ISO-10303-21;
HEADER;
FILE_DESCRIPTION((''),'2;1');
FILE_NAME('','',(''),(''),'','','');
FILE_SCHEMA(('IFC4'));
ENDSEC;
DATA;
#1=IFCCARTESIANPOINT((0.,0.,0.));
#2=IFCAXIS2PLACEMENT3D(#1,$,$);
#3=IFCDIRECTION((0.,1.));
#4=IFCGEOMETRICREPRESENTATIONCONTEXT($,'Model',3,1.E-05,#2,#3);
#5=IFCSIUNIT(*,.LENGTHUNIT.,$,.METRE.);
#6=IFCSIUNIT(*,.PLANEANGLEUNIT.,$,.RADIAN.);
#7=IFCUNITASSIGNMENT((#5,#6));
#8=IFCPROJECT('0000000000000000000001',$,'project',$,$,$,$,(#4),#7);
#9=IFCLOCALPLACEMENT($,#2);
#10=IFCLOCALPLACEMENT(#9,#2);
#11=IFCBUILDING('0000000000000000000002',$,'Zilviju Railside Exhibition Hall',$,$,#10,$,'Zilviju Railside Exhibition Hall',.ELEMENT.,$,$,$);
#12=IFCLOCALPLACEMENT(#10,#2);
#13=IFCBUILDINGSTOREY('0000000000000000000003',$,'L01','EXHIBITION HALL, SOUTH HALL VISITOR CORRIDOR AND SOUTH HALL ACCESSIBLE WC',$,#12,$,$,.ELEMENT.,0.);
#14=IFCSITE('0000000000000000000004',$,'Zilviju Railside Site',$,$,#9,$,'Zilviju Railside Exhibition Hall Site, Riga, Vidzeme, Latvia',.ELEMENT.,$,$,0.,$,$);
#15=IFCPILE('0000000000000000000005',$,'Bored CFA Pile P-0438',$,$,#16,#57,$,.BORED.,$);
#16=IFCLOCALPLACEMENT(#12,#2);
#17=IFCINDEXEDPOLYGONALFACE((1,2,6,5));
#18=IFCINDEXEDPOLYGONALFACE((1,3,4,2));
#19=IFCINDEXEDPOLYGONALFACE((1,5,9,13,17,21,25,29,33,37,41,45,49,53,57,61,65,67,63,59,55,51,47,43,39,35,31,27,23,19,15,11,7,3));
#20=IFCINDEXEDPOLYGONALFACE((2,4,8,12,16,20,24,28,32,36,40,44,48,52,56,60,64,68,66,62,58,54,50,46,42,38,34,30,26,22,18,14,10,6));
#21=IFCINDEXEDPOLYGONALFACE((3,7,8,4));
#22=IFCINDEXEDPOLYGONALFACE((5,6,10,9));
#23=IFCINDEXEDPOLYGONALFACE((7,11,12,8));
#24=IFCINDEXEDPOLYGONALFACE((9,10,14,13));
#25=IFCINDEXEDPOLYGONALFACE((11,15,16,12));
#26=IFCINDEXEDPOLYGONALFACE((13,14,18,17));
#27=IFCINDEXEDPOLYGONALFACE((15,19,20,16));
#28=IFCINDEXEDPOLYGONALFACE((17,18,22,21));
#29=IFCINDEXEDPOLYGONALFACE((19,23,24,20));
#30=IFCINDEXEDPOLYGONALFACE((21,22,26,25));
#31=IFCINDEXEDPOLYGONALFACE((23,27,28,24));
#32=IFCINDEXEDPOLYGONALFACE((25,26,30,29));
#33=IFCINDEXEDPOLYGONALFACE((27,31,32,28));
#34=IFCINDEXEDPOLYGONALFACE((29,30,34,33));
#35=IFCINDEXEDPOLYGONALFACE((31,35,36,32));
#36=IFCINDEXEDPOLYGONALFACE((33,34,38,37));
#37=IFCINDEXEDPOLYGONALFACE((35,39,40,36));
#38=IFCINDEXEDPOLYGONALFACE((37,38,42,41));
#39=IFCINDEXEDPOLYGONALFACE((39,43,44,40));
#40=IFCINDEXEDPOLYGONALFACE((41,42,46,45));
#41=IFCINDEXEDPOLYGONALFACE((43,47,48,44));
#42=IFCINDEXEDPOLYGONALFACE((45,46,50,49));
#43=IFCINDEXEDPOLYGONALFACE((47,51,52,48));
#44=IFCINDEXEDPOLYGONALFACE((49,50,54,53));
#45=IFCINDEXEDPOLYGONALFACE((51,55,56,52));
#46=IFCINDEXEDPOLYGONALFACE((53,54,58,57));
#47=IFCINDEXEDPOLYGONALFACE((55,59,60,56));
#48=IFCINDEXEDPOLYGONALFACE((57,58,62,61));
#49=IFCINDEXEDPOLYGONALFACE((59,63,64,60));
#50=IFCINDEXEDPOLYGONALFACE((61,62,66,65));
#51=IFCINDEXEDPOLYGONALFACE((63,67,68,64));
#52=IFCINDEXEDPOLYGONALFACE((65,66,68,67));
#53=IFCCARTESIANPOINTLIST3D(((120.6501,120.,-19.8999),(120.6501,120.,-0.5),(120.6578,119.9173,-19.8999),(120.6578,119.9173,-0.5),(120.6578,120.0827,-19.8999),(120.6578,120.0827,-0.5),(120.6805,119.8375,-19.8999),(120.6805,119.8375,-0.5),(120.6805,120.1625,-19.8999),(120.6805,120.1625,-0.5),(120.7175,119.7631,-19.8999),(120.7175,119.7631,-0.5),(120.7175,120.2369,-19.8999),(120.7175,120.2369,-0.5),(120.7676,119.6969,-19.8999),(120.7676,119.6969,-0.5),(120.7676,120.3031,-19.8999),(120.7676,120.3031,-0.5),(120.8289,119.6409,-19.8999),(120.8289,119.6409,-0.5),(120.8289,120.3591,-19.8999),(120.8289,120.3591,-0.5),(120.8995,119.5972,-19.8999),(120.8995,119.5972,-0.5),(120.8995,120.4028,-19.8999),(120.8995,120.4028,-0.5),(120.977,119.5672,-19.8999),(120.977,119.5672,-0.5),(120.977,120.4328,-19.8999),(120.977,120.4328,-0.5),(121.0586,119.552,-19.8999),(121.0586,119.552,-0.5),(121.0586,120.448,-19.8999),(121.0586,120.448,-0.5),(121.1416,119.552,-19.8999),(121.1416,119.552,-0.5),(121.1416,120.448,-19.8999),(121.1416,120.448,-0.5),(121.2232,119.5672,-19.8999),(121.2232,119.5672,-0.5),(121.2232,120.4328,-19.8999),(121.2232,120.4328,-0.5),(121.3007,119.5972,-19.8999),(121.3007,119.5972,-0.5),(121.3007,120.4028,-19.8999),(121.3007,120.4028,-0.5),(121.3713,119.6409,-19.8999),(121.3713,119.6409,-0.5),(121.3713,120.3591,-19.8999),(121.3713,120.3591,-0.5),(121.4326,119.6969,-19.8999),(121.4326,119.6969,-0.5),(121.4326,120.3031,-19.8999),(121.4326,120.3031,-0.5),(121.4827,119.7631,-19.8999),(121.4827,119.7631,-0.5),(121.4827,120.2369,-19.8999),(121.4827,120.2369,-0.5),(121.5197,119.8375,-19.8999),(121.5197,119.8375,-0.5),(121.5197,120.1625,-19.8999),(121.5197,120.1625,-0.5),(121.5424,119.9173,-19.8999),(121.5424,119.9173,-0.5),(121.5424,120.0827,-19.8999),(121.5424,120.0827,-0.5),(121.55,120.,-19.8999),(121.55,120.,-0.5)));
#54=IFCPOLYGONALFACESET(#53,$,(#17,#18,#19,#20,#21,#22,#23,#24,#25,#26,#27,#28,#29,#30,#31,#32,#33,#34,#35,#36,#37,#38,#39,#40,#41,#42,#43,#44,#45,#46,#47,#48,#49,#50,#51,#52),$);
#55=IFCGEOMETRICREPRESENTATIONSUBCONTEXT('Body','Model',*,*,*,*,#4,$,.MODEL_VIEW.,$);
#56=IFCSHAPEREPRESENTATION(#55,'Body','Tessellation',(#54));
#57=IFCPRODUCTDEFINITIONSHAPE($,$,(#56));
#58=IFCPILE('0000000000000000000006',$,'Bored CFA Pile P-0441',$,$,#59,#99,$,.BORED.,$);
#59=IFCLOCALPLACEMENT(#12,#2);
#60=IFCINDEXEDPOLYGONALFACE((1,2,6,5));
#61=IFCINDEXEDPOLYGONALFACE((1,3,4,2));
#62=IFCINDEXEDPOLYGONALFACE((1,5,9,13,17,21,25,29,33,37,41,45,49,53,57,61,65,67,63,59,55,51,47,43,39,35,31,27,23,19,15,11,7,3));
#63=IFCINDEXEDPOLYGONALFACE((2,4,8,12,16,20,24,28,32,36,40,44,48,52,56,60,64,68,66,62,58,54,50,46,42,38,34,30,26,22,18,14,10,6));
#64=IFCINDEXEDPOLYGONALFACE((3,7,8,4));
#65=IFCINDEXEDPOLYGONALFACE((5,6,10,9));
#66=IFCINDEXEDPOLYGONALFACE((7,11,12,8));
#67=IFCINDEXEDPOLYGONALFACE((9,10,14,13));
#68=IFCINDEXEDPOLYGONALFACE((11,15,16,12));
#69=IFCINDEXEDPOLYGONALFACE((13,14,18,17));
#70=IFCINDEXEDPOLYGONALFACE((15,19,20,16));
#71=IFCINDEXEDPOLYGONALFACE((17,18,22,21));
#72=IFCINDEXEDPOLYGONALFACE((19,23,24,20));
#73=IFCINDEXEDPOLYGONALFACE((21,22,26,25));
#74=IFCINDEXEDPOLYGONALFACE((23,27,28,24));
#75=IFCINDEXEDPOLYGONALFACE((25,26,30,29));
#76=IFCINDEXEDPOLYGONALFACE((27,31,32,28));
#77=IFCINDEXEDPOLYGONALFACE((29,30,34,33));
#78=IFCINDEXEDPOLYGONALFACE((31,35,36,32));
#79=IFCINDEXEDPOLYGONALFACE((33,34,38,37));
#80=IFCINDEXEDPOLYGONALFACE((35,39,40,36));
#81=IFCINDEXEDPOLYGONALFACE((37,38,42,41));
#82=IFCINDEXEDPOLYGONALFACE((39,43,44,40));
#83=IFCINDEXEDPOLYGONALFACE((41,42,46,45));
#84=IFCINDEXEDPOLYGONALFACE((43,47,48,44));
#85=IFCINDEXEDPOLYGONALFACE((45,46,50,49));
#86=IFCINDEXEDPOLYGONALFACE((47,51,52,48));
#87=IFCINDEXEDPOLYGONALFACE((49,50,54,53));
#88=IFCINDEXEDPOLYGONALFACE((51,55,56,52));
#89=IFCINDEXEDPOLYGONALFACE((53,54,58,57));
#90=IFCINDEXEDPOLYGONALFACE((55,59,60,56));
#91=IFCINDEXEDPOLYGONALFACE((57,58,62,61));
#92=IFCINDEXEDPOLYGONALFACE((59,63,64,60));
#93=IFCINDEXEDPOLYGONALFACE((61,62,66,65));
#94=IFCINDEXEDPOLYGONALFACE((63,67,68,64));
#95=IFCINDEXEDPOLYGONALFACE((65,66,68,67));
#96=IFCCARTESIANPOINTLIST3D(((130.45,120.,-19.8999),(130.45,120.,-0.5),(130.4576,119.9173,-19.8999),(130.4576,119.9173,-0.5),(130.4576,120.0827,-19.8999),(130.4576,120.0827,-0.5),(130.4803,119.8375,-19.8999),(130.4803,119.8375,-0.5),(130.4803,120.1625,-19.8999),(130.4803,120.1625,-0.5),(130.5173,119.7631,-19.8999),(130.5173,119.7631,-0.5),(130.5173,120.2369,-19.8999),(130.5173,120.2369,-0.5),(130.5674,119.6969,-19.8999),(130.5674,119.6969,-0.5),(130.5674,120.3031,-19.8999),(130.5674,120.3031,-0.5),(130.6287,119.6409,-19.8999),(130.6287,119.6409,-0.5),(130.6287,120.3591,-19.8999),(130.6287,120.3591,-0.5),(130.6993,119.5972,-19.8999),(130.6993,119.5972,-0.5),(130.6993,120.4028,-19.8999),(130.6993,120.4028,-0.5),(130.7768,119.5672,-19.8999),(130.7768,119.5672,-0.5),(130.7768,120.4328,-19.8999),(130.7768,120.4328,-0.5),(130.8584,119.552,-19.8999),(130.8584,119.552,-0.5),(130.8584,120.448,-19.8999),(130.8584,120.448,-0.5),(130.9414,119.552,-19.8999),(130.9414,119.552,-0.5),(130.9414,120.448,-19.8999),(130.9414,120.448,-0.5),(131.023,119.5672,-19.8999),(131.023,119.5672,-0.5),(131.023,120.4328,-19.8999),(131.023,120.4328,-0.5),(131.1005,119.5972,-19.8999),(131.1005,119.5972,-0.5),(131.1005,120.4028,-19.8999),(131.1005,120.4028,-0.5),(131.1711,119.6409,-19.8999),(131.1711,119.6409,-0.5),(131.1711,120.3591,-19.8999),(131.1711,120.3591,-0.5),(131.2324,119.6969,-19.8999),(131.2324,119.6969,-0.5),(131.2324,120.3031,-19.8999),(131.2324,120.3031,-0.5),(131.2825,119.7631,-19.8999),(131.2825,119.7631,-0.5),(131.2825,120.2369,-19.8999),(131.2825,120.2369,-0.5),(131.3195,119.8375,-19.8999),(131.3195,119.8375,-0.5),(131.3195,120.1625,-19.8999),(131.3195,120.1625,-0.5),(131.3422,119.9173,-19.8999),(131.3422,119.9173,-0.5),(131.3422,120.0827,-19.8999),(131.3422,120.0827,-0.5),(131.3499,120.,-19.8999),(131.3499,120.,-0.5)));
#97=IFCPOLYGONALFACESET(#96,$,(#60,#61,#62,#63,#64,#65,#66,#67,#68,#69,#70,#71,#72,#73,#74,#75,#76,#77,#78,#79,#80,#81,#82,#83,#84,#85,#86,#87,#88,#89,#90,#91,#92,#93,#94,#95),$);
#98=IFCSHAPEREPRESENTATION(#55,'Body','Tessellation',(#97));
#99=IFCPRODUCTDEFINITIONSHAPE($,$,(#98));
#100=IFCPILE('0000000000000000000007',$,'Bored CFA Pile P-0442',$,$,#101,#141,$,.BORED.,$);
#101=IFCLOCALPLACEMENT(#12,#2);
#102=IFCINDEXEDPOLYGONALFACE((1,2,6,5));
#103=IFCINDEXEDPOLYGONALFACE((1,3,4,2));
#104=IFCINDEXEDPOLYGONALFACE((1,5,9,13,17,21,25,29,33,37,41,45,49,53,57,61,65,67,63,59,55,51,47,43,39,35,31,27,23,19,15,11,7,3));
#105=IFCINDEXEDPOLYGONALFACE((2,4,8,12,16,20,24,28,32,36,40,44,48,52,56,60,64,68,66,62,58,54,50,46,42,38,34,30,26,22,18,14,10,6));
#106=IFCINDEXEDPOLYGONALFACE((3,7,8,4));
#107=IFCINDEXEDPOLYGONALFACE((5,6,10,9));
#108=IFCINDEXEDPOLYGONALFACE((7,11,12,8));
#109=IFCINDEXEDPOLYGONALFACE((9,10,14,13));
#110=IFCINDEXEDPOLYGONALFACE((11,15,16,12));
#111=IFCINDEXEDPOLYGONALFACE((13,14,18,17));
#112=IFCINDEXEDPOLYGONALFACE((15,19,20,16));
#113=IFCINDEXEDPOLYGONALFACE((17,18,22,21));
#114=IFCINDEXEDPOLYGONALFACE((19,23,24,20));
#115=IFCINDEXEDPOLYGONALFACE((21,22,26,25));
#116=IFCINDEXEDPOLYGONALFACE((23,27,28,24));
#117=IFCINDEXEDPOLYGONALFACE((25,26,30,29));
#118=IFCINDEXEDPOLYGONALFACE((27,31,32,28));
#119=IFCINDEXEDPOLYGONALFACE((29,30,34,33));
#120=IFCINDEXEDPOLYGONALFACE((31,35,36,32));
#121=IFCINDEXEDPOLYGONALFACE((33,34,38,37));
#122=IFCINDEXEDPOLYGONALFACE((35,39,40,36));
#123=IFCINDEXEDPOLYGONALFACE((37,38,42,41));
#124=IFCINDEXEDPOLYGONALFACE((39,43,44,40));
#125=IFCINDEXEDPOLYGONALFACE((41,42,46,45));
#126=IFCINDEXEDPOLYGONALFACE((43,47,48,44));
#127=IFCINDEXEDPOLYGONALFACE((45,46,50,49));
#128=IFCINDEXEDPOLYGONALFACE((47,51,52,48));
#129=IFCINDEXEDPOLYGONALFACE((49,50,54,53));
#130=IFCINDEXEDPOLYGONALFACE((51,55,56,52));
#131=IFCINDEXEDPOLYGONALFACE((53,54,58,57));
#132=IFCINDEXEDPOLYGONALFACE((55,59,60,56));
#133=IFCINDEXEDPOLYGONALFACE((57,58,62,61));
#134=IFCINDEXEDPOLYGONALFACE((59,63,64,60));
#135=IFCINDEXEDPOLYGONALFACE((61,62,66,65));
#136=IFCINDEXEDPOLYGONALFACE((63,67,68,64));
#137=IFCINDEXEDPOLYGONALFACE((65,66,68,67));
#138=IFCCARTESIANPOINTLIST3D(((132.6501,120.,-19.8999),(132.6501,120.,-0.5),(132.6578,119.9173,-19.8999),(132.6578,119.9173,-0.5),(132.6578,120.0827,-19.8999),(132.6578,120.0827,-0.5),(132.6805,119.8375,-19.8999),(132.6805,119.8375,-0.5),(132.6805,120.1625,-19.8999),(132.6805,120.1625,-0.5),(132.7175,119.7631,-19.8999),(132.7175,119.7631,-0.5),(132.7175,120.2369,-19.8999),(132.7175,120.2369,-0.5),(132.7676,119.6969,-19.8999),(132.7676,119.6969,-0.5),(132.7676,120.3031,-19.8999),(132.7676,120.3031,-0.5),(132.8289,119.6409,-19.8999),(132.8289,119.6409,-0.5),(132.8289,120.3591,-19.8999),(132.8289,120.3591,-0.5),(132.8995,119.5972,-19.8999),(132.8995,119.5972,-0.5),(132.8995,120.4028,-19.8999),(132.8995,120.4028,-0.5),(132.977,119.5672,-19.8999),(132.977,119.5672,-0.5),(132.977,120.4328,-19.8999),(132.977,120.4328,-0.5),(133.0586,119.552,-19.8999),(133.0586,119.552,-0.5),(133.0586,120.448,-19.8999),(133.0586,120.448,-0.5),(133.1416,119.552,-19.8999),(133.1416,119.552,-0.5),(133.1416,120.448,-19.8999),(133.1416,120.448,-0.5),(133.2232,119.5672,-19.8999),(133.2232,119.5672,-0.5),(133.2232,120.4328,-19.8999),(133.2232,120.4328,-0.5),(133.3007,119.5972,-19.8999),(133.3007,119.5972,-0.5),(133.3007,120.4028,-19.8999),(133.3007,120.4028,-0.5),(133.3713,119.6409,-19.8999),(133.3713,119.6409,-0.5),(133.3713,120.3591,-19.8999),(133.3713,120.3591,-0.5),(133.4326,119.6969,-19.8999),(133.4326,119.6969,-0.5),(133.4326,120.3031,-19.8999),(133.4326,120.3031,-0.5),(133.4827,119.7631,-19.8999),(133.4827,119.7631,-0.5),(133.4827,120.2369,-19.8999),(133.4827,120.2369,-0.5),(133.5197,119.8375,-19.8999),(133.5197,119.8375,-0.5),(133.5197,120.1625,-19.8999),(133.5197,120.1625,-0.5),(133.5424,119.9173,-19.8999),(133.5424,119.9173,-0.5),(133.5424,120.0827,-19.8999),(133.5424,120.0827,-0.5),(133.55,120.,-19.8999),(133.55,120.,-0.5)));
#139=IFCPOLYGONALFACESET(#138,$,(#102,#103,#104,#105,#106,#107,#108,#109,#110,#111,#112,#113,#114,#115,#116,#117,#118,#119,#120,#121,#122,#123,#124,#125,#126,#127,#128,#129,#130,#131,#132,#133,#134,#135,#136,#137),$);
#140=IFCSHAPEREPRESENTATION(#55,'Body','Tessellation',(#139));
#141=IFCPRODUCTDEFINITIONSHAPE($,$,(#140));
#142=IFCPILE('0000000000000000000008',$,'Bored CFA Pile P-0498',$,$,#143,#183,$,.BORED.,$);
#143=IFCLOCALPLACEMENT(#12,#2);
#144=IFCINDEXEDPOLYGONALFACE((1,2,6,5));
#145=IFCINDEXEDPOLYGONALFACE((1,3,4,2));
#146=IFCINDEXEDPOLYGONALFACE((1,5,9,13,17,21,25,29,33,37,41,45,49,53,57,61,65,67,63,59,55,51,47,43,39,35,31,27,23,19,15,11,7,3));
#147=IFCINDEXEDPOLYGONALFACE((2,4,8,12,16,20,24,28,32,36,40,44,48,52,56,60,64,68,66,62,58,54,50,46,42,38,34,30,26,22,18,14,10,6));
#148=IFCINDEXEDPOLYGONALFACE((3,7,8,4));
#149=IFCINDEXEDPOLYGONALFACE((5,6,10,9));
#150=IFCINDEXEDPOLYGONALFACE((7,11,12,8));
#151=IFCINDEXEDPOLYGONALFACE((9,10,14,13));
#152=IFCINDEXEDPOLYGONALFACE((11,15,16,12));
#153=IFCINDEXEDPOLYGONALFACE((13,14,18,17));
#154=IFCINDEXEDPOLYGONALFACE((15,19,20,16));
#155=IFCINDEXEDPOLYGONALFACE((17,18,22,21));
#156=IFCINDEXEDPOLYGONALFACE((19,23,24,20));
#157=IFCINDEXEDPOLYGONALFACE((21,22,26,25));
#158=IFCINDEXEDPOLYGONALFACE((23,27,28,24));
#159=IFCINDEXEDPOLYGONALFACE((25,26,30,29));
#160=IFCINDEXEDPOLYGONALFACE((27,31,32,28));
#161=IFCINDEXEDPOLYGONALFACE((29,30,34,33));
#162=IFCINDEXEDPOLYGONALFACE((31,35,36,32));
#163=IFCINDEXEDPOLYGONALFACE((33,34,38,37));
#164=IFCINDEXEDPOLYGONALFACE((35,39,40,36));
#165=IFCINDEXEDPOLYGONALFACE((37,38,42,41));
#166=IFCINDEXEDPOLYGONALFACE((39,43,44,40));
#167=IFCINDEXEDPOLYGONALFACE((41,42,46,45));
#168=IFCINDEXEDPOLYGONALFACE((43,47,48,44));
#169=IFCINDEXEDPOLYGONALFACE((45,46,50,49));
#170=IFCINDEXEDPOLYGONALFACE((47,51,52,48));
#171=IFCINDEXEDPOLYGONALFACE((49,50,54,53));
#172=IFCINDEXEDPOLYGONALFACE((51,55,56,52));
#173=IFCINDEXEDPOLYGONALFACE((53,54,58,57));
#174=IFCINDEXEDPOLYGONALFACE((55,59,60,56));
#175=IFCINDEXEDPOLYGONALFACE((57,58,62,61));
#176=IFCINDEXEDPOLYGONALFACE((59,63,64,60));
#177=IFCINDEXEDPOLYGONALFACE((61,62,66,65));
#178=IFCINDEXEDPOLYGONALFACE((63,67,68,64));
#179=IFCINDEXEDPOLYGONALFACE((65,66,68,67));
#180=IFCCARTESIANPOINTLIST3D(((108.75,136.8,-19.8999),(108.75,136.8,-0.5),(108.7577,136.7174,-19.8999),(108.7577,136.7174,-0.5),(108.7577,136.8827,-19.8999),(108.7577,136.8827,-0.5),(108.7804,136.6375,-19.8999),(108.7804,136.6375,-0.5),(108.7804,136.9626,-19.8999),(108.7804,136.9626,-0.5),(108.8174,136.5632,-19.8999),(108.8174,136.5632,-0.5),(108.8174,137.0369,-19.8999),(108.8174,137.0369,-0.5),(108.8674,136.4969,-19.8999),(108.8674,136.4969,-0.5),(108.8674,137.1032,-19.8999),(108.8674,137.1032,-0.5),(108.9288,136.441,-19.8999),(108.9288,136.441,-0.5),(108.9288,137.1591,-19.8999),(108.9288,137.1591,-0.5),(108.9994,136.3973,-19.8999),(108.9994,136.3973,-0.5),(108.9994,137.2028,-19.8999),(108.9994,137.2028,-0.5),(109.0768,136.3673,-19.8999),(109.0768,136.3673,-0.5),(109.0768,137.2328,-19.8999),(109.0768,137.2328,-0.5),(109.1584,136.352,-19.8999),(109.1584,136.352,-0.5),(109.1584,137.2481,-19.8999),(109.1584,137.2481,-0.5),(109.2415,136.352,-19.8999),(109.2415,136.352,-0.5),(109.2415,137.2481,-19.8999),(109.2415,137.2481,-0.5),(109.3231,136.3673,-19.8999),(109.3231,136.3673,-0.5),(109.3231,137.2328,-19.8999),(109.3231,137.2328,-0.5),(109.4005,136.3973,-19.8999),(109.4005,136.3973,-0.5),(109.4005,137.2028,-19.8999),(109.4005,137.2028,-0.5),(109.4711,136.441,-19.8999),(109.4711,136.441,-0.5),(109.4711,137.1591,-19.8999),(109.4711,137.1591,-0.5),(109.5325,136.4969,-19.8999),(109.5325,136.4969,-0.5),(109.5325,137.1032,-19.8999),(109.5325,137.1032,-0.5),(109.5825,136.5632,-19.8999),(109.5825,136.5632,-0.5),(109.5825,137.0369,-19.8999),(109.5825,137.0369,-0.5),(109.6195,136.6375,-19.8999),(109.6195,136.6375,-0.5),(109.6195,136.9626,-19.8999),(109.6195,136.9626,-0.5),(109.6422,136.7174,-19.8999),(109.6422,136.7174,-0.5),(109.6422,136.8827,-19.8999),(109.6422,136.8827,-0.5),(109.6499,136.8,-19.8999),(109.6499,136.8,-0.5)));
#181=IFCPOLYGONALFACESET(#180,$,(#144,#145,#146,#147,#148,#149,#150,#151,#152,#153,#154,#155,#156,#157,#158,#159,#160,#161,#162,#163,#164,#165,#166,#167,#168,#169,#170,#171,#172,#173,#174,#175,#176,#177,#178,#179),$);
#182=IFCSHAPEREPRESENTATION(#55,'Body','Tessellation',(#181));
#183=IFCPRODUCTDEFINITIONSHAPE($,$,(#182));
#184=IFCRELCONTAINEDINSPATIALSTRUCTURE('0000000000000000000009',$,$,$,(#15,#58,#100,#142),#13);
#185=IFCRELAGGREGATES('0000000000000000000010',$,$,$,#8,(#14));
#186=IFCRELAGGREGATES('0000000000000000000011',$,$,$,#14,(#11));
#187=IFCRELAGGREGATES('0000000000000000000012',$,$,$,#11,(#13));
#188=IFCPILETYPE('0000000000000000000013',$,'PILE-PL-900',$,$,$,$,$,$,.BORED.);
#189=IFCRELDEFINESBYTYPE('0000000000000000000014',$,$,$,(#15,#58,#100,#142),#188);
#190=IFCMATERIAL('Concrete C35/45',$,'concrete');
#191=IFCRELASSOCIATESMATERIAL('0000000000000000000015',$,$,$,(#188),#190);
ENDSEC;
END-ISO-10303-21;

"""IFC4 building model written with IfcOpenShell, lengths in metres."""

from ifc_helpers import new_model, si_unit, direction, frame, origin, origin_2d, place, context, subcontext, project, spatial, circle, extrude, material, material_profile, profile_set, type_object, element, save


model = new_model("IFC4")

# Units and contexts
model_context = context("Model", 3, precision=1e-05, world=origin(), true_north=direction((0.0, 1.0)))
body_context = subcontext(model_context, "Body", "Model", "MODEL_VIEW")
ifc_project = project(units=[si_unit("LENGTHUNIT", "METRE"), si_unit("PLANEANGLEUNIT", "RADIAN")], contexts=[model_context])

# Site, building, storey
site_placement = place(None, origin())
site = spatial("IfcSite", under=ifc_project, at=site_placement, Name="Zilviju Railside Site", LongName="Zilviju Railside Exhibition Hall Site, Riga, Vidzeme, Latvia", CompositionType="ELEMENT", RefElevation=0.0)
building_placement = place(site_placement, origin())
building = spatial("IfcBuilding", under=site, at=building_placement, Name="Zilviju Railside Exhibition Hall", LongName="Zilviju Railside Exhibition Hall", CompositionType="ELEMENT")
storey_placement = place(building_placement, origin())
storey = spatial("IfcBuildingStorey", under=building, at=storey_placement, Name="L01", Description="EXHIBITION HALL, SOUTH HALL VISITOR CORRIDOR AND SOUTH HALL ACCESSIBLE WC", CompositionType="ELEMENT", Elevation=0.0)

# Shared definitions
ifc_material_1 = material(Name="Concrete C35/45", Category="concrete")

# Piles
ifc_material_profile_1 = material_profile(ifc_material_1, circle(Radius=0.45, at=origin_2d()), Name="CFA PILE D900")
ifc_profile_set_1 = profile_set([ifc_material_profile_1], Name="Concrete C35/45")
pile_type_1 = type_object("IfcPileType", Name="PILE-PL-900", PredefinedType="BORED", material=ifc_profile_set_1)
for number, where, z_axis, x_axis, name in (
    (1, (121.1001, 120.0, -0.5), (0.0, 0.0, -1.0), (1.0, 0.0, 0.0), "Bored CFA Pile P-0438"),
    (2, (130.8999, 120.0, -0.5), (0.0, 0.0, -1.0), (1.0, 0.0, 0.0), "Bored CFA Pile P-0441"),
    (3, (133.1001, 120.0, -0.5), (0.0, 0.0, -1.0), (1.0, 0.0, 0.0), "Bored CFA Pile P-0442"),
    (4, (109.2, 136.8, -0.5), (0.0, 0.0, -1.0), (1.0, 0.0, 0.0), "Bored CFA Pile P-0498"),
):
    element("IfcPile", number, at=place(storey_placement, frame(where, z_axis=z_axis, x_axis=x_axis)), inside=storey, type_object=pile_type_1, Name=name, PredefinedType="BORED", context=body_context, shape_type="SweptSolid", body=[
        extrude(circle(Radius=0.45, at=origin_2d()), origin(), (0.0, 0.0, 1.0), 19.3999),
    ])

save(model, "model.ifc")
